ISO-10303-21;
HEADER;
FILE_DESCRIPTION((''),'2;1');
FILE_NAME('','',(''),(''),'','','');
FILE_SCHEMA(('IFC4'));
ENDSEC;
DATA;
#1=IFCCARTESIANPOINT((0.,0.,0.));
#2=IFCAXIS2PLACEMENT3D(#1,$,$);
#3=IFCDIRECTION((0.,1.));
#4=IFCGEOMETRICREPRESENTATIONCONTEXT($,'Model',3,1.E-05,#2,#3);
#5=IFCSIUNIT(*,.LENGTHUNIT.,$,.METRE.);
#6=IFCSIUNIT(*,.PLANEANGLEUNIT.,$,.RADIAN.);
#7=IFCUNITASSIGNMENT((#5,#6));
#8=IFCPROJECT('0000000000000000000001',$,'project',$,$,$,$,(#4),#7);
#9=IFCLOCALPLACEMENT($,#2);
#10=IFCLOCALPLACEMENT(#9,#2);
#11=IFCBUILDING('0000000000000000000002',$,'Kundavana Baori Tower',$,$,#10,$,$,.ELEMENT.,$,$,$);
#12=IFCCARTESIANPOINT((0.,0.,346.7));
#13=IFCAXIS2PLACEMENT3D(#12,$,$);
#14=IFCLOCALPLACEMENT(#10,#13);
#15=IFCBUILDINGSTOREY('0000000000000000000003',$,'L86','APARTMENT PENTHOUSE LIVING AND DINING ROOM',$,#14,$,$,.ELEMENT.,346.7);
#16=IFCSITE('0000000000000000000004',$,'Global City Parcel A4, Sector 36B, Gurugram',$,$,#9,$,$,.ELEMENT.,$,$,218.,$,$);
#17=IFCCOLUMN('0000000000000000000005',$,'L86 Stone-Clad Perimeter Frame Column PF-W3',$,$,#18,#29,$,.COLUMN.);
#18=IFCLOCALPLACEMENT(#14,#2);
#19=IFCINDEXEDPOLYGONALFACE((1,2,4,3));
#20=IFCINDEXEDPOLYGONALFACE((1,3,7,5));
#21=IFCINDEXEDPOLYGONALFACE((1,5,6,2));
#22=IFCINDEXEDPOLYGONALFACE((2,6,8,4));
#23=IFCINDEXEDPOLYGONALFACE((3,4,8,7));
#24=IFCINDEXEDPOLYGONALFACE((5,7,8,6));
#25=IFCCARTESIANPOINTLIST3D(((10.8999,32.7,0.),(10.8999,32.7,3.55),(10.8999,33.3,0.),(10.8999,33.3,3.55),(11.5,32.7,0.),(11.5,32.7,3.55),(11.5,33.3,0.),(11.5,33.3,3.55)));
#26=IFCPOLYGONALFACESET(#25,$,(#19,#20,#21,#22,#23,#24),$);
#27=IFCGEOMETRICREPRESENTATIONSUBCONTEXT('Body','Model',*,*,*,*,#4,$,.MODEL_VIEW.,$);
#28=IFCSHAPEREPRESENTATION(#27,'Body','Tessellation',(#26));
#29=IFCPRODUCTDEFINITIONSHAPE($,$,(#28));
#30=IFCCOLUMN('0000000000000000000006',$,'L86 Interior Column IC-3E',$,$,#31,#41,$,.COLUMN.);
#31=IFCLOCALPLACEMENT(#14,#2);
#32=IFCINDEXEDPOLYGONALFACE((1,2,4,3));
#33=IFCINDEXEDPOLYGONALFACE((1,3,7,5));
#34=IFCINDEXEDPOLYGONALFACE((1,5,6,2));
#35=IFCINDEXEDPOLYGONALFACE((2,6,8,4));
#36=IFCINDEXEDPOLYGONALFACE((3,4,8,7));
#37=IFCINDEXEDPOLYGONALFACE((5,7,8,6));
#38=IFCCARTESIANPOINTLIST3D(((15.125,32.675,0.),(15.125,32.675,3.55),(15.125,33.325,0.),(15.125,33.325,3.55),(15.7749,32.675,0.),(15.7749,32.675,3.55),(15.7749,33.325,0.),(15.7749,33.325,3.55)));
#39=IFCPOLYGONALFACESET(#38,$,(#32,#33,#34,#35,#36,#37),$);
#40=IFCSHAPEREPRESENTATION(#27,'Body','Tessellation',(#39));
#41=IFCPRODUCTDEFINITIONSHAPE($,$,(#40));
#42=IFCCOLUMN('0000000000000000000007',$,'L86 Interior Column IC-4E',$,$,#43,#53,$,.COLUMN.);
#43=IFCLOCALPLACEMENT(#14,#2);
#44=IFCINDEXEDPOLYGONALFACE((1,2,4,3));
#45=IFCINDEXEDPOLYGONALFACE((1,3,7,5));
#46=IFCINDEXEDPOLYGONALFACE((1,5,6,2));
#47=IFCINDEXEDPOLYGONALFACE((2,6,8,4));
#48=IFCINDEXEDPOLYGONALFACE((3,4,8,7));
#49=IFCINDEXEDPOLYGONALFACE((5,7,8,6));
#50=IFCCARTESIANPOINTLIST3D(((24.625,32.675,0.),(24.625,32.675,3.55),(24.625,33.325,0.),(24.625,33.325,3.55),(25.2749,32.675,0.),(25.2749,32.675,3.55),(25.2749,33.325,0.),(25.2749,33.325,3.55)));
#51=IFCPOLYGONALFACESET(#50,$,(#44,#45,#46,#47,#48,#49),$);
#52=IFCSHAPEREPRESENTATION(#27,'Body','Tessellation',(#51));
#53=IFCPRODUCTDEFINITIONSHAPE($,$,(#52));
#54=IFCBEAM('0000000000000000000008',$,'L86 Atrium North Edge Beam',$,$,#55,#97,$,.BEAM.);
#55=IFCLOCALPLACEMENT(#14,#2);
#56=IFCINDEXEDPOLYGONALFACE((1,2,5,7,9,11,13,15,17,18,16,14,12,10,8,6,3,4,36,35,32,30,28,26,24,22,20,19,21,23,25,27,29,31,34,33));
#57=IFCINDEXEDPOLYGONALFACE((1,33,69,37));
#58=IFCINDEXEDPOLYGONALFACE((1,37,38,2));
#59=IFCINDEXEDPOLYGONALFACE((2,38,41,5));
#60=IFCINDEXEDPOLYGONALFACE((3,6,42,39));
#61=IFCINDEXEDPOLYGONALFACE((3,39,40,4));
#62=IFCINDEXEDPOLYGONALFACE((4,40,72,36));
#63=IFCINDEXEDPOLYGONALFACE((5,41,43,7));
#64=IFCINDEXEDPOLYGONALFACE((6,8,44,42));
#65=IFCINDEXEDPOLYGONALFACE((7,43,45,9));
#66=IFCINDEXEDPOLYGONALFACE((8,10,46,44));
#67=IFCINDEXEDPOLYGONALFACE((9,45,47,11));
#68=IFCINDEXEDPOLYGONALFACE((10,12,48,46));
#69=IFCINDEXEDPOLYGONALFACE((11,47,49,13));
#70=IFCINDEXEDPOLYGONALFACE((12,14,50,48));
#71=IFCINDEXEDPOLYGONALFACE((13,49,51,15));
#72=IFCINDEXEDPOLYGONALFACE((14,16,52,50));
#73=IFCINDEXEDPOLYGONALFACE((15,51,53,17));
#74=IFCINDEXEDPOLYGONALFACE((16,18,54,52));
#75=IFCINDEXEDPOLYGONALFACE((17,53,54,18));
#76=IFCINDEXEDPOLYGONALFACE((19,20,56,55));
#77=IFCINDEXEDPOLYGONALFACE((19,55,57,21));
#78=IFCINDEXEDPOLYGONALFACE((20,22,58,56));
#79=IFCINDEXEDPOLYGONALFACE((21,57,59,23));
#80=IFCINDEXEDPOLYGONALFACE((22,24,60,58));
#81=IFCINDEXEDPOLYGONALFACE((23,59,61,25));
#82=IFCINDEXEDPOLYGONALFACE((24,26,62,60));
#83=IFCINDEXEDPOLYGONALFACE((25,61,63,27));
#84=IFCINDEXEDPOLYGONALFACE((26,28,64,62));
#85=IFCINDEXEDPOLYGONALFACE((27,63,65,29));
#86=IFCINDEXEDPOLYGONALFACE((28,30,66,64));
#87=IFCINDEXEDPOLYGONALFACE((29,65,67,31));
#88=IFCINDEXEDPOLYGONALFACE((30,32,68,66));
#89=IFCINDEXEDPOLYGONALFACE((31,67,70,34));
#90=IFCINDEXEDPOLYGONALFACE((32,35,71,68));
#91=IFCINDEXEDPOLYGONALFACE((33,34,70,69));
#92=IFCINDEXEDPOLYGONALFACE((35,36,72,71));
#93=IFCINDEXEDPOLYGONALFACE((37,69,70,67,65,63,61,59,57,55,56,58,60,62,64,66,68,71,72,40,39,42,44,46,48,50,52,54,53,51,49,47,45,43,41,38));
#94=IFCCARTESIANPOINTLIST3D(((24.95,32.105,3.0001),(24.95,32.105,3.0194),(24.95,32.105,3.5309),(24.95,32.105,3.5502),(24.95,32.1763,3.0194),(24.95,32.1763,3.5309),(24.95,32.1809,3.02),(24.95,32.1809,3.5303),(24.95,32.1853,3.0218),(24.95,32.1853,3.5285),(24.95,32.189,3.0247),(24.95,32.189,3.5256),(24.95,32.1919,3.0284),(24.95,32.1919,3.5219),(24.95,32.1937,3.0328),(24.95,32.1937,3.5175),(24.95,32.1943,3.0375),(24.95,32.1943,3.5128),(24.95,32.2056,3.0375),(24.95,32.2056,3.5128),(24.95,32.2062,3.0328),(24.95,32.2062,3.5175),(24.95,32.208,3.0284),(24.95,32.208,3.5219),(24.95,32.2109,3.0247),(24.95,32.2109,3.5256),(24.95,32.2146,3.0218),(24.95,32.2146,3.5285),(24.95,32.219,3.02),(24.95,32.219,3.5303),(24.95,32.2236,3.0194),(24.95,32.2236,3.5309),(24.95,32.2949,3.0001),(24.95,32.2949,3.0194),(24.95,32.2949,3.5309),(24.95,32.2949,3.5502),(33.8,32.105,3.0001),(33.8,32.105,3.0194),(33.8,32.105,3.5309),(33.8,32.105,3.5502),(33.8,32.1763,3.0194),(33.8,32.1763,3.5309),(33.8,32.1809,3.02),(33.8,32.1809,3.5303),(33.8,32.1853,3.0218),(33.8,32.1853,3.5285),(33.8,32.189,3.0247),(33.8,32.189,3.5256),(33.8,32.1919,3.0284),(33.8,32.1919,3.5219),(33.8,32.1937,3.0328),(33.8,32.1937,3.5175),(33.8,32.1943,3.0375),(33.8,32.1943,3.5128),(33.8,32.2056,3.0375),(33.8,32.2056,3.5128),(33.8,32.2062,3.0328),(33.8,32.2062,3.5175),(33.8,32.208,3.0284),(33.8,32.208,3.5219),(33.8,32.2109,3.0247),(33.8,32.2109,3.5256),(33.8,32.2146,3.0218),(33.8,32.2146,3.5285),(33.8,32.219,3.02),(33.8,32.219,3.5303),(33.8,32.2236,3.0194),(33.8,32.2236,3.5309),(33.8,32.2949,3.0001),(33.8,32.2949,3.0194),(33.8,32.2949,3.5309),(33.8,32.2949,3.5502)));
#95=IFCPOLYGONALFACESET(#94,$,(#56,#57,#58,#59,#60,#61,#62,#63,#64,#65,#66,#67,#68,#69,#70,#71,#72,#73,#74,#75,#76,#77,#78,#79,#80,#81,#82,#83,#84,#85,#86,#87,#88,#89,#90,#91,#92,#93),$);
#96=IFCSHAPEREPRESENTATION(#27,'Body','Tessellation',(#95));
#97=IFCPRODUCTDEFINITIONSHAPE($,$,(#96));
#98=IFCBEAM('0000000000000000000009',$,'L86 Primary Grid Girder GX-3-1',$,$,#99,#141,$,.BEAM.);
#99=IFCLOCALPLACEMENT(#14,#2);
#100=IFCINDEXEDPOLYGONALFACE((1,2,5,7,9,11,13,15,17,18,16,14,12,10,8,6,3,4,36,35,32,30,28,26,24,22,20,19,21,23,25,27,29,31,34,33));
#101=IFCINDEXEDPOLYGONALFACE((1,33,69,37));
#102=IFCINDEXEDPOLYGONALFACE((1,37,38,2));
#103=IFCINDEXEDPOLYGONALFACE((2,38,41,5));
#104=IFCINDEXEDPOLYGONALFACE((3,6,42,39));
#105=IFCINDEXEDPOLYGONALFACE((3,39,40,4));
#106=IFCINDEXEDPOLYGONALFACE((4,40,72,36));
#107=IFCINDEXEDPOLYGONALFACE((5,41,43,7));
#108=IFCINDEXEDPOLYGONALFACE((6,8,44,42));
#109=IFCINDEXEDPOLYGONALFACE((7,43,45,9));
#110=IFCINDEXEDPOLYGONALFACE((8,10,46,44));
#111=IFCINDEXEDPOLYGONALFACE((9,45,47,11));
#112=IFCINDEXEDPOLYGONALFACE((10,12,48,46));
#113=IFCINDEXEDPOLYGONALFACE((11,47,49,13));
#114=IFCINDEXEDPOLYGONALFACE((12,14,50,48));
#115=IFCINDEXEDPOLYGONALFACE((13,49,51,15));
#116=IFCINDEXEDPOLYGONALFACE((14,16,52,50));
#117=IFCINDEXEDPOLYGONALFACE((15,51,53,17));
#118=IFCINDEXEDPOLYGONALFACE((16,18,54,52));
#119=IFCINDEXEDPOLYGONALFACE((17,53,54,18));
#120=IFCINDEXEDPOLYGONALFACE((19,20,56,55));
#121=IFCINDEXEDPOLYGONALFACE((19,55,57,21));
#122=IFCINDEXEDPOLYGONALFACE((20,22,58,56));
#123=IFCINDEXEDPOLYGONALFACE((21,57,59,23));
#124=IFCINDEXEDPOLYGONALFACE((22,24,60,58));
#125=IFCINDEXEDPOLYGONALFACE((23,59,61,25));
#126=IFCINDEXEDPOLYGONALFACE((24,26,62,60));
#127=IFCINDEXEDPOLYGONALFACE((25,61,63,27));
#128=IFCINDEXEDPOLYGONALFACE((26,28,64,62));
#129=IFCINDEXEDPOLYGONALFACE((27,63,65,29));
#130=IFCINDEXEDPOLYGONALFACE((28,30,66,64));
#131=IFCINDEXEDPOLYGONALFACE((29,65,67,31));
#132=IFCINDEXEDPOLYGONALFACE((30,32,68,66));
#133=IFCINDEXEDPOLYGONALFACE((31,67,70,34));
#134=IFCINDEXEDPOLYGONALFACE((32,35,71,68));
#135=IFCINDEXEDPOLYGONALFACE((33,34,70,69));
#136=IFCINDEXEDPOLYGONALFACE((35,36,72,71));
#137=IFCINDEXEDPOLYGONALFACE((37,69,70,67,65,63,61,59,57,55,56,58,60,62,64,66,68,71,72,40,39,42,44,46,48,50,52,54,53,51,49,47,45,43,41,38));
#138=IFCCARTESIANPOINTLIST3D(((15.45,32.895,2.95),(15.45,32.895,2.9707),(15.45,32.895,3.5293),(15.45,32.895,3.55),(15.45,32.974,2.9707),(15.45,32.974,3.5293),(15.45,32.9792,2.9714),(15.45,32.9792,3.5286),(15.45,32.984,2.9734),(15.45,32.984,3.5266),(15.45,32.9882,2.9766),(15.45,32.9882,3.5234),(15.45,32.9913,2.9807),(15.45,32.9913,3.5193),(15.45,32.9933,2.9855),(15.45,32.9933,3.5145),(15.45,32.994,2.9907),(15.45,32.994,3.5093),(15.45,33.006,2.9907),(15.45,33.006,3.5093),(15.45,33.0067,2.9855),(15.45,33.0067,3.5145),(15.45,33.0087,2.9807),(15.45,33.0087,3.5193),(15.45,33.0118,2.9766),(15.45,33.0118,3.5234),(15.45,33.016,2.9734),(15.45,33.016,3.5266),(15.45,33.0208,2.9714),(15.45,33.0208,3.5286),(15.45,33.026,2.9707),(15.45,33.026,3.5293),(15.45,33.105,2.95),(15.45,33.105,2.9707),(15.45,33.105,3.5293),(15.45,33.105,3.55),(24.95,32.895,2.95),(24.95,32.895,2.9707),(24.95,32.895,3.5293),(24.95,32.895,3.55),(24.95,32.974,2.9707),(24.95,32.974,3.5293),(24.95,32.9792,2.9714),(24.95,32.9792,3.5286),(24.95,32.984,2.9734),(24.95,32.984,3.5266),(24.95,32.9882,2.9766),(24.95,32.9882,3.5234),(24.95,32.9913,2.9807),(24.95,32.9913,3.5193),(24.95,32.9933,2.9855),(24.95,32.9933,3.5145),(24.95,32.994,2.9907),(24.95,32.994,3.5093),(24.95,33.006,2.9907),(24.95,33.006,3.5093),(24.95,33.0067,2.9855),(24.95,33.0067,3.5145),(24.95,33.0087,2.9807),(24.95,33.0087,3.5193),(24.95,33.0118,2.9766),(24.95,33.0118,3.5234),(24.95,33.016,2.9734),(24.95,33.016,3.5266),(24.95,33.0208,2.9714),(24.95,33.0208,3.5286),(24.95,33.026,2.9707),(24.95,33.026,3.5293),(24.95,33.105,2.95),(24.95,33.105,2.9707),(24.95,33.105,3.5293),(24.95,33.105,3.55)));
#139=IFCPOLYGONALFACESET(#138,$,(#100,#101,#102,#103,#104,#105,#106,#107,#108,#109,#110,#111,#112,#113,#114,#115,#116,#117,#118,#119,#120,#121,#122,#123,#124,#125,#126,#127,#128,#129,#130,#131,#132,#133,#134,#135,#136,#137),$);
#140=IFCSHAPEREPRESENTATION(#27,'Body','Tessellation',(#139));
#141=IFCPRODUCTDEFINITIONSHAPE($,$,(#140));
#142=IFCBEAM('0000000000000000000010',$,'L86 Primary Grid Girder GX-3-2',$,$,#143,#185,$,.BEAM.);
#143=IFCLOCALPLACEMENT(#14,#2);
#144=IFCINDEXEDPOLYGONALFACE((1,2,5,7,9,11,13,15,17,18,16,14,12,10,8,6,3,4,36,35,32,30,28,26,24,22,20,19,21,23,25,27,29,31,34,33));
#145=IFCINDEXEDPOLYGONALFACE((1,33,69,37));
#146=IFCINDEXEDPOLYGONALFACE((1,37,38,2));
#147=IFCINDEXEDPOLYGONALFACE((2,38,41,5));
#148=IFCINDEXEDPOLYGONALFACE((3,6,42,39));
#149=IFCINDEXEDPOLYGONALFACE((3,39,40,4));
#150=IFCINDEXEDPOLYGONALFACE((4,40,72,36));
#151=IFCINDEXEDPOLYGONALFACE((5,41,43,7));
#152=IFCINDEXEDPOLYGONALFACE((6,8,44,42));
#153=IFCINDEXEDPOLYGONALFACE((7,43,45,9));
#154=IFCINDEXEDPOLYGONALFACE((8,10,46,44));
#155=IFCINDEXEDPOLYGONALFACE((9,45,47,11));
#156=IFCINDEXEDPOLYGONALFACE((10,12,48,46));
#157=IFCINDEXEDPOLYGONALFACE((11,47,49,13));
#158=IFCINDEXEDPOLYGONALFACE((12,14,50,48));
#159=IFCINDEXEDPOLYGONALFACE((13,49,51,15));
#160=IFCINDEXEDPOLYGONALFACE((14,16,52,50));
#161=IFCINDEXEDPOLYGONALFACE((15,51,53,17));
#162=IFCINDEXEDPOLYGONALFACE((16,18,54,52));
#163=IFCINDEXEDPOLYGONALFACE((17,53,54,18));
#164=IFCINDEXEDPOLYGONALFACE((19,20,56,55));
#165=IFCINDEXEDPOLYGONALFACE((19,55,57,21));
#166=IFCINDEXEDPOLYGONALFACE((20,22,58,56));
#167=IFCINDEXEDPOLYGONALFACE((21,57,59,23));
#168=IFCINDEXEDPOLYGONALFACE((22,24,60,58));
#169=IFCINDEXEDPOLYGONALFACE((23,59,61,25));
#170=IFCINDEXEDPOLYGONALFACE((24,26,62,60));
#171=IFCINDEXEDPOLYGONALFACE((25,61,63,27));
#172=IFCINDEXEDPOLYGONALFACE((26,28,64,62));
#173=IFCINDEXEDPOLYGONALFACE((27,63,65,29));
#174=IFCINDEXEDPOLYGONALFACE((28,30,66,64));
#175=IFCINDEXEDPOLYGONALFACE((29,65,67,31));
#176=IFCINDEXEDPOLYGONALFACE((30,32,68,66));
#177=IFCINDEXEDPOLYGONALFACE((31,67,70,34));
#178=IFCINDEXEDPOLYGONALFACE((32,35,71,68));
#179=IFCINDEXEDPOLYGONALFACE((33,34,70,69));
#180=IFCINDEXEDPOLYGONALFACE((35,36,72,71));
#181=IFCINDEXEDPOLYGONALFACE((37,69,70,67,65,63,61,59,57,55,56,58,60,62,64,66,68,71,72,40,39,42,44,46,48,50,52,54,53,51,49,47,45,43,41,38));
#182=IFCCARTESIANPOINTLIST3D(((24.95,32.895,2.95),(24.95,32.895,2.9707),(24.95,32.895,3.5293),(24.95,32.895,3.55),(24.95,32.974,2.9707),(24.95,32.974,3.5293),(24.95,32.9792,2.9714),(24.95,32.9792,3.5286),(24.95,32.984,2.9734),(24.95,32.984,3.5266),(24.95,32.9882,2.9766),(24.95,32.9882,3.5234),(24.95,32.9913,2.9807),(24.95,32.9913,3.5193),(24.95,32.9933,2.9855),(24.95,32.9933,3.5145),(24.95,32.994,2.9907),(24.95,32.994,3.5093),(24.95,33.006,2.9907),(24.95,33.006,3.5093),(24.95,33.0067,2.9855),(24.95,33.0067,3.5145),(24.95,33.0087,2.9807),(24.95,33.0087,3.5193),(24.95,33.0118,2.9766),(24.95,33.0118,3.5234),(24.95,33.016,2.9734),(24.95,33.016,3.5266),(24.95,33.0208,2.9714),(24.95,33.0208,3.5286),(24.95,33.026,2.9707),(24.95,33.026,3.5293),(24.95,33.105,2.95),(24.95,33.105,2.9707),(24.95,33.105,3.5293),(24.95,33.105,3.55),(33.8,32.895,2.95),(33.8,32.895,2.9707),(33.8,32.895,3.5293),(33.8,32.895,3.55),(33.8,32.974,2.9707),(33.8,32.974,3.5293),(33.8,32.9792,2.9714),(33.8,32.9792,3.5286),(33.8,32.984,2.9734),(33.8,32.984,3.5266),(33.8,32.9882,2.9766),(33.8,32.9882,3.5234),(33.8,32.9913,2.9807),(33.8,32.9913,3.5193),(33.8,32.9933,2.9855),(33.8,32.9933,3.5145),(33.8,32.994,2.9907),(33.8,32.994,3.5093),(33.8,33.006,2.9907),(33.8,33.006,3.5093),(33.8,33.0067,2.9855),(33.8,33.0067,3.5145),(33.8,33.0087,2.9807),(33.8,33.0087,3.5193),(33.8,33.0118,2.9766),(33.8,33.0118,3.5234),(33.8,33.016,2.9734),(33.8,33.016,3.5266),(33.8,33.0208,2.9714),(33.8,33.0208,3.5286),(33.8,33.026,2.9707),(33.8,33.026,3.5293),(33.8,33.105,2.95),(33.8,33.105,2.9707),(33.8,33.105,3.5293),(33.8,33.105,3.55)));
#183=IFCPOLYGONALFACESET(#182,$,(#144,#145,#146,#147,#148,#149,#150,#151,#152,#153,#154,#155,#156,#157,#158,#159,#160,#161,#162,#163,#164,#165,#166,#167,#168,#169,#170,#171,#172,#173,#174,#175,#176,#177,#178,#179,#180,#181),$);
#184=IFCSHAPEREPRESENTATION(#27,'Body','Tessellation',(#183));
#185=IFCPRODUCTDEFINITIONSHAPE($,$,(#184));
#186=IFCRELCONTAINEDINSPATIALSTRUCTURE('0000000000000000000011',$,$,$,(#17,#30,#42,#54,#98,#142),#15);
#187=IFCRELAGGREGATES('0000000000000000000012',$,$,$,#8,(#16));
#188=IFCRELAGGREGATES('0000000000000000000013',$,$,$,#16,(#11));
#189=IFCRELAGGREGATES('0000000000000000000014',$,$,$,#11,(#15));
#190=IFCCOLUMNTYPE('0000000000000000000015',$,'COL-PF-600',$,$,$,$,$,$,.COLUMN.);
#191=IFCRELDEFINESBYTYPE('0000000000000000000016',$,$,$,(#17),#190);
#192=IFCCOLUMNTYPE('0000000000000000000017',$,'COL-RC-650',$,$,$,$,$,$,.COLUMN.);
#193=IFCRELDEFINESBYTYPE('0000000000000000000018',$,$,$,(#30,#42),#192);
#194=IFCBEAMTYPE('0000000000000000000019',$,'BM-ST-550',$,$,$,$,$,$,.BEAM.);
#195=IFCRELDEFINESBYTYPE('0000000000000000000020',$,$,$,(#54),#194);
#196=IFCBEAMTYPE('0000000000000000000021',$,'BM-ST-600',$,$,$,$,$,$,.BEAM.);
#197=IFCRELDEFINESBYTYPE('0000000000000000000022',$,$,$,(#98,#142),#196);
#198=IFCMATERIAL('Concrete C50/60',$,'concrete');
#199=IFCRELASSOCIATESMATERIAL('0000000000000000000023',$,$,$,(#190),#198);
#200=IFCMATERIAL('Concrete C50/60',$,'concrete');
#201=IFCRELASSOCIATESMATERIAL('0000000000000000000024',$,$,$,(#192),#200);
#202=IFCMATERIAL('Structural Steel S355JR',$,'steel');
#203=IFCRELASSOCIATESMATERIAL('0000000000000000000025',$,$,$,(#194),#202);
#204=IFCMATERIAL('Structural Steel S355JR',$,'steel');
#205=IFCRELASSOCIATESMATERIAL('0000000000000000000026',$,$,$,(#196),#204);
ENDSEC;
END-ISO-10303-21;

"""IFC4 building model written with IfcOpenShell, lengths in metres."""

from ifc_helpers import new_model, si_unit, direction, frame, origin, origin_2d, place, context, subcontext, project, spatial, rectangle, i_section, extrude, material, material_profile, profile_set, type_object, element, save


model = new_model("IFC4")

# Units and contexts
model_context = context("Model", 3, precision=1e-05, world=origin(), true_north=direction((0.0, 1.0)))
body_context = subcontext(model_context, "Body", "Model", "MODEL_VIEW")
ifc_project = project(units=[si_unit("LENGTHUNIT", "METRE"), si_unit("PLANEANGLEUNIT", "RADIAN")], contexts=[model_context])

# Site, building, storey
site_placement = place(None, origin())
site = spatial("IfcSite", under=ifc_project, at=site_placement, Name="Global City Parcel A4, Sector 36B, Gurugram", CompositionType="ELEMENT", RefElevation=218.0)
building_placement = place(site_placement, origin())
building = spatial("IfcBuilding", under=site, at=building_placement, Name="Kundavana Baori Tower", CompositionType="ELEMENT")
storey_placement = place(building_placement, frame((0.0, 0.0, 346.7)))
storey = spatial("IfcBuildingStorey", under=building, at=storey_placement, Name="L86", Description="APARTMENT PENTHOUSE LIVING AND DINING ROOM", CompositionType="ELEMENT", Elevation=346.7)

# Columns
ifc_material_1 = material(Name="Concrete C50/60", Category="concrete")
ifc_material_profile_1 = material_profile(ifc_material_1, rectangle(XDim=0.6001, YDim=0.6001, at=origin_2d()), Name="RC PF 600x600")
ifc_profile_set_1 = profile_set([ifc_material_profile_1], Name="Concrete C50/60")
column_type_1 = type_object("IfcColumnType", Name="COL-PF-600", PredefinedType="COLUMN", material=ifc_profile_set_1)
column_placement = place(storey_placement, frame((11.2, 33.0, 0.0), z_axis=(0.0, 0.0, 1.0), x_axis=(1.0, 0.0, 0.0)))
element("IfcColumn", 1, at=column_placement, inside=storey, type_object=column_type_1, Name="L86 Stone-Clad Perimeter Frame Column PF-W3", PredefinedType="COLUMN", context=body_context, shape_type="SweptSolid", body=[
    extrude(rectangle(XDim=0.6001, YDim=0.6001, at=origin_2d()), origin(), (0.0, 0.0, 1.0), 3.55),
])
ifc_material_2 = material(Name="Concrete C50/60", Category="concrete")
ifc_material_profile_2 = material_profile(ifc_material_2, rectangle(XDim=0.6499, YDim=0.6499, at=origin_2d()), Name="RC 650x650")
ifc_profile_set_2 = profile_set([ifc_material_profile_2], Name="Concrete C50/60")
column_type_2 = type_object("IfcColumnType", Name="COL-RC-650", PredefinedType="COLUMN", material=ifc_profile_set_2)
for number, where, z_axis, x_axis, name in (
    (2, (15.45, 33.0, 0.0), (0.0, 0.0, 1.0), (1.0, 0.0, 0.0), "L86 Interior Column IC-3E"),
    (3, (24.95, 33.0, 0.0), (0.0, 0.0, 1.0), (1.0, 0.0, 0.0), "L86 Interior Column IC-4E"),
):
    element("IfcColumn", number, at=place(storey_placement, frame(where, z_axis=z_axis, x_axis=x_axis)), inside=storey, type_object=column_type_2, Name=name, PredefinedType="COLUMN", context=body_context, shape_type="SweptSolid", body=[
        extrude(rectangle(XDim=0.6499, YDim=0.6499, at=origin_2d()), origin(), (0.0, 0.0, 1.0), 3.55),
    ])

# Beams
ifc_material_3 = material(Name="Structural Steel S355JR", Category="steel")
ifc_material_profile_3 = material_profile(ifc_material_3, i_section(OverallWidth=0.1899, OverallDepth=0.55, WebThickness=0.0112, FlangeThickness=0.0193, FilletRadius=0.0181, at=origin_2d()), Name="ISMB 550")
ifc_profile_set_3 = profile_set([ifc_material_profile_3], Name="Structural Steel S355JR")
beam_type_1 = type_object("IfcBeamType", Name="BM-ST-550", PredefinedType="BEAM", material=ifc_profile_set_3)
beam_1_placement = place(storey_placement, frame((24.95, 32.2, 3.2751), z_axis=(1.0, 0.0, 0.0), x_axis=(0.0, 1.0, 0.0)))
element("IfcBeam", 4, at=beam_1_placement, inside=storey, type_object=beam_type_1, Name="L86 Atrium North Edge Beam", PredefinedType="BEAM", context=body_context, shape_type="SweptSolid", body=[
    extrude(i_section(OverallWidth=0.1899, OverallDepth=0.55, WebThickness=0.0112, FlangeThickness=0.0193, FilletRadius=0.0181, at=origin_2d()), origin(), (0.0, 0.0, 1.0), 8.8501),
])
ifc_material_4 = material(Name="Structural Steel S355JR", Category="steel")
ifc_material_profile_4 = material_profile(ifc_material_4, i_section(OverallWidth=0.21, OverallDepth=0.6001, WebThickness=0.012, FlangeThickness=0.0208, FilletRadius=0.02, at=origin_2d()), Name="ISMB 600")
ifc_profile_set_4 = profile_set([ifc_material_profile_4], Name="Structural Steel S355JR")
beam_type_2 = type_object("IfcBeamType", Name="BM-ST-600", PredefinedType="BEAM", material=ifc_profile_set_4)
beam_2_placement = place(storey_placement, frame((15.45, 33.0, 3.25), z_axis=(1.0, 0.0, 0.0), x_axis=(0.0, 1.0, 0.0)))
element("IfcBeam", 5, at=beam_2_placement, inside=storey, type_object=beam_type_2, Name="L86 Primary Grid Girder GX-3-1", PredefinedType="BEAM", context=body_context, shape_type="SweptSolid", body=[
    extrude(i_section(OverallWidth=0.21, OverallDepth=0.6001, WebThickness=0.012, FlangeThickness=0.0208, FilletRadius=0.02, at=origin_2d()), origin(), (0.0, 0.0, 1.0), 9.5),
])
beam_3_placement = place(storey_placement, frame((24.95, 33.0, 3.25), z_axis=(1.0, 0.0, 0.0), x_axis=(0.0, 1.0, 0.0)))
element("IfcBeam", 6, at=beam_3_placement, inside=storey, type_object=beam_type_2, Name="L86 Primary Grid Girder GX-3-2", PredefinedType="BEAM", context=body_context, shape_type="SweptSolid", body=[
    extrude(i_section(OverallWidth=0.21, OverallDepth=0.6001, WebThickness=0.012, FlangeThickness=0.0208, FilletRadius=0.02, at=origin_2d()), origin(), (0.0, 0.0, 1.0), 8.8501),
])

save(model, "model.ifc")
